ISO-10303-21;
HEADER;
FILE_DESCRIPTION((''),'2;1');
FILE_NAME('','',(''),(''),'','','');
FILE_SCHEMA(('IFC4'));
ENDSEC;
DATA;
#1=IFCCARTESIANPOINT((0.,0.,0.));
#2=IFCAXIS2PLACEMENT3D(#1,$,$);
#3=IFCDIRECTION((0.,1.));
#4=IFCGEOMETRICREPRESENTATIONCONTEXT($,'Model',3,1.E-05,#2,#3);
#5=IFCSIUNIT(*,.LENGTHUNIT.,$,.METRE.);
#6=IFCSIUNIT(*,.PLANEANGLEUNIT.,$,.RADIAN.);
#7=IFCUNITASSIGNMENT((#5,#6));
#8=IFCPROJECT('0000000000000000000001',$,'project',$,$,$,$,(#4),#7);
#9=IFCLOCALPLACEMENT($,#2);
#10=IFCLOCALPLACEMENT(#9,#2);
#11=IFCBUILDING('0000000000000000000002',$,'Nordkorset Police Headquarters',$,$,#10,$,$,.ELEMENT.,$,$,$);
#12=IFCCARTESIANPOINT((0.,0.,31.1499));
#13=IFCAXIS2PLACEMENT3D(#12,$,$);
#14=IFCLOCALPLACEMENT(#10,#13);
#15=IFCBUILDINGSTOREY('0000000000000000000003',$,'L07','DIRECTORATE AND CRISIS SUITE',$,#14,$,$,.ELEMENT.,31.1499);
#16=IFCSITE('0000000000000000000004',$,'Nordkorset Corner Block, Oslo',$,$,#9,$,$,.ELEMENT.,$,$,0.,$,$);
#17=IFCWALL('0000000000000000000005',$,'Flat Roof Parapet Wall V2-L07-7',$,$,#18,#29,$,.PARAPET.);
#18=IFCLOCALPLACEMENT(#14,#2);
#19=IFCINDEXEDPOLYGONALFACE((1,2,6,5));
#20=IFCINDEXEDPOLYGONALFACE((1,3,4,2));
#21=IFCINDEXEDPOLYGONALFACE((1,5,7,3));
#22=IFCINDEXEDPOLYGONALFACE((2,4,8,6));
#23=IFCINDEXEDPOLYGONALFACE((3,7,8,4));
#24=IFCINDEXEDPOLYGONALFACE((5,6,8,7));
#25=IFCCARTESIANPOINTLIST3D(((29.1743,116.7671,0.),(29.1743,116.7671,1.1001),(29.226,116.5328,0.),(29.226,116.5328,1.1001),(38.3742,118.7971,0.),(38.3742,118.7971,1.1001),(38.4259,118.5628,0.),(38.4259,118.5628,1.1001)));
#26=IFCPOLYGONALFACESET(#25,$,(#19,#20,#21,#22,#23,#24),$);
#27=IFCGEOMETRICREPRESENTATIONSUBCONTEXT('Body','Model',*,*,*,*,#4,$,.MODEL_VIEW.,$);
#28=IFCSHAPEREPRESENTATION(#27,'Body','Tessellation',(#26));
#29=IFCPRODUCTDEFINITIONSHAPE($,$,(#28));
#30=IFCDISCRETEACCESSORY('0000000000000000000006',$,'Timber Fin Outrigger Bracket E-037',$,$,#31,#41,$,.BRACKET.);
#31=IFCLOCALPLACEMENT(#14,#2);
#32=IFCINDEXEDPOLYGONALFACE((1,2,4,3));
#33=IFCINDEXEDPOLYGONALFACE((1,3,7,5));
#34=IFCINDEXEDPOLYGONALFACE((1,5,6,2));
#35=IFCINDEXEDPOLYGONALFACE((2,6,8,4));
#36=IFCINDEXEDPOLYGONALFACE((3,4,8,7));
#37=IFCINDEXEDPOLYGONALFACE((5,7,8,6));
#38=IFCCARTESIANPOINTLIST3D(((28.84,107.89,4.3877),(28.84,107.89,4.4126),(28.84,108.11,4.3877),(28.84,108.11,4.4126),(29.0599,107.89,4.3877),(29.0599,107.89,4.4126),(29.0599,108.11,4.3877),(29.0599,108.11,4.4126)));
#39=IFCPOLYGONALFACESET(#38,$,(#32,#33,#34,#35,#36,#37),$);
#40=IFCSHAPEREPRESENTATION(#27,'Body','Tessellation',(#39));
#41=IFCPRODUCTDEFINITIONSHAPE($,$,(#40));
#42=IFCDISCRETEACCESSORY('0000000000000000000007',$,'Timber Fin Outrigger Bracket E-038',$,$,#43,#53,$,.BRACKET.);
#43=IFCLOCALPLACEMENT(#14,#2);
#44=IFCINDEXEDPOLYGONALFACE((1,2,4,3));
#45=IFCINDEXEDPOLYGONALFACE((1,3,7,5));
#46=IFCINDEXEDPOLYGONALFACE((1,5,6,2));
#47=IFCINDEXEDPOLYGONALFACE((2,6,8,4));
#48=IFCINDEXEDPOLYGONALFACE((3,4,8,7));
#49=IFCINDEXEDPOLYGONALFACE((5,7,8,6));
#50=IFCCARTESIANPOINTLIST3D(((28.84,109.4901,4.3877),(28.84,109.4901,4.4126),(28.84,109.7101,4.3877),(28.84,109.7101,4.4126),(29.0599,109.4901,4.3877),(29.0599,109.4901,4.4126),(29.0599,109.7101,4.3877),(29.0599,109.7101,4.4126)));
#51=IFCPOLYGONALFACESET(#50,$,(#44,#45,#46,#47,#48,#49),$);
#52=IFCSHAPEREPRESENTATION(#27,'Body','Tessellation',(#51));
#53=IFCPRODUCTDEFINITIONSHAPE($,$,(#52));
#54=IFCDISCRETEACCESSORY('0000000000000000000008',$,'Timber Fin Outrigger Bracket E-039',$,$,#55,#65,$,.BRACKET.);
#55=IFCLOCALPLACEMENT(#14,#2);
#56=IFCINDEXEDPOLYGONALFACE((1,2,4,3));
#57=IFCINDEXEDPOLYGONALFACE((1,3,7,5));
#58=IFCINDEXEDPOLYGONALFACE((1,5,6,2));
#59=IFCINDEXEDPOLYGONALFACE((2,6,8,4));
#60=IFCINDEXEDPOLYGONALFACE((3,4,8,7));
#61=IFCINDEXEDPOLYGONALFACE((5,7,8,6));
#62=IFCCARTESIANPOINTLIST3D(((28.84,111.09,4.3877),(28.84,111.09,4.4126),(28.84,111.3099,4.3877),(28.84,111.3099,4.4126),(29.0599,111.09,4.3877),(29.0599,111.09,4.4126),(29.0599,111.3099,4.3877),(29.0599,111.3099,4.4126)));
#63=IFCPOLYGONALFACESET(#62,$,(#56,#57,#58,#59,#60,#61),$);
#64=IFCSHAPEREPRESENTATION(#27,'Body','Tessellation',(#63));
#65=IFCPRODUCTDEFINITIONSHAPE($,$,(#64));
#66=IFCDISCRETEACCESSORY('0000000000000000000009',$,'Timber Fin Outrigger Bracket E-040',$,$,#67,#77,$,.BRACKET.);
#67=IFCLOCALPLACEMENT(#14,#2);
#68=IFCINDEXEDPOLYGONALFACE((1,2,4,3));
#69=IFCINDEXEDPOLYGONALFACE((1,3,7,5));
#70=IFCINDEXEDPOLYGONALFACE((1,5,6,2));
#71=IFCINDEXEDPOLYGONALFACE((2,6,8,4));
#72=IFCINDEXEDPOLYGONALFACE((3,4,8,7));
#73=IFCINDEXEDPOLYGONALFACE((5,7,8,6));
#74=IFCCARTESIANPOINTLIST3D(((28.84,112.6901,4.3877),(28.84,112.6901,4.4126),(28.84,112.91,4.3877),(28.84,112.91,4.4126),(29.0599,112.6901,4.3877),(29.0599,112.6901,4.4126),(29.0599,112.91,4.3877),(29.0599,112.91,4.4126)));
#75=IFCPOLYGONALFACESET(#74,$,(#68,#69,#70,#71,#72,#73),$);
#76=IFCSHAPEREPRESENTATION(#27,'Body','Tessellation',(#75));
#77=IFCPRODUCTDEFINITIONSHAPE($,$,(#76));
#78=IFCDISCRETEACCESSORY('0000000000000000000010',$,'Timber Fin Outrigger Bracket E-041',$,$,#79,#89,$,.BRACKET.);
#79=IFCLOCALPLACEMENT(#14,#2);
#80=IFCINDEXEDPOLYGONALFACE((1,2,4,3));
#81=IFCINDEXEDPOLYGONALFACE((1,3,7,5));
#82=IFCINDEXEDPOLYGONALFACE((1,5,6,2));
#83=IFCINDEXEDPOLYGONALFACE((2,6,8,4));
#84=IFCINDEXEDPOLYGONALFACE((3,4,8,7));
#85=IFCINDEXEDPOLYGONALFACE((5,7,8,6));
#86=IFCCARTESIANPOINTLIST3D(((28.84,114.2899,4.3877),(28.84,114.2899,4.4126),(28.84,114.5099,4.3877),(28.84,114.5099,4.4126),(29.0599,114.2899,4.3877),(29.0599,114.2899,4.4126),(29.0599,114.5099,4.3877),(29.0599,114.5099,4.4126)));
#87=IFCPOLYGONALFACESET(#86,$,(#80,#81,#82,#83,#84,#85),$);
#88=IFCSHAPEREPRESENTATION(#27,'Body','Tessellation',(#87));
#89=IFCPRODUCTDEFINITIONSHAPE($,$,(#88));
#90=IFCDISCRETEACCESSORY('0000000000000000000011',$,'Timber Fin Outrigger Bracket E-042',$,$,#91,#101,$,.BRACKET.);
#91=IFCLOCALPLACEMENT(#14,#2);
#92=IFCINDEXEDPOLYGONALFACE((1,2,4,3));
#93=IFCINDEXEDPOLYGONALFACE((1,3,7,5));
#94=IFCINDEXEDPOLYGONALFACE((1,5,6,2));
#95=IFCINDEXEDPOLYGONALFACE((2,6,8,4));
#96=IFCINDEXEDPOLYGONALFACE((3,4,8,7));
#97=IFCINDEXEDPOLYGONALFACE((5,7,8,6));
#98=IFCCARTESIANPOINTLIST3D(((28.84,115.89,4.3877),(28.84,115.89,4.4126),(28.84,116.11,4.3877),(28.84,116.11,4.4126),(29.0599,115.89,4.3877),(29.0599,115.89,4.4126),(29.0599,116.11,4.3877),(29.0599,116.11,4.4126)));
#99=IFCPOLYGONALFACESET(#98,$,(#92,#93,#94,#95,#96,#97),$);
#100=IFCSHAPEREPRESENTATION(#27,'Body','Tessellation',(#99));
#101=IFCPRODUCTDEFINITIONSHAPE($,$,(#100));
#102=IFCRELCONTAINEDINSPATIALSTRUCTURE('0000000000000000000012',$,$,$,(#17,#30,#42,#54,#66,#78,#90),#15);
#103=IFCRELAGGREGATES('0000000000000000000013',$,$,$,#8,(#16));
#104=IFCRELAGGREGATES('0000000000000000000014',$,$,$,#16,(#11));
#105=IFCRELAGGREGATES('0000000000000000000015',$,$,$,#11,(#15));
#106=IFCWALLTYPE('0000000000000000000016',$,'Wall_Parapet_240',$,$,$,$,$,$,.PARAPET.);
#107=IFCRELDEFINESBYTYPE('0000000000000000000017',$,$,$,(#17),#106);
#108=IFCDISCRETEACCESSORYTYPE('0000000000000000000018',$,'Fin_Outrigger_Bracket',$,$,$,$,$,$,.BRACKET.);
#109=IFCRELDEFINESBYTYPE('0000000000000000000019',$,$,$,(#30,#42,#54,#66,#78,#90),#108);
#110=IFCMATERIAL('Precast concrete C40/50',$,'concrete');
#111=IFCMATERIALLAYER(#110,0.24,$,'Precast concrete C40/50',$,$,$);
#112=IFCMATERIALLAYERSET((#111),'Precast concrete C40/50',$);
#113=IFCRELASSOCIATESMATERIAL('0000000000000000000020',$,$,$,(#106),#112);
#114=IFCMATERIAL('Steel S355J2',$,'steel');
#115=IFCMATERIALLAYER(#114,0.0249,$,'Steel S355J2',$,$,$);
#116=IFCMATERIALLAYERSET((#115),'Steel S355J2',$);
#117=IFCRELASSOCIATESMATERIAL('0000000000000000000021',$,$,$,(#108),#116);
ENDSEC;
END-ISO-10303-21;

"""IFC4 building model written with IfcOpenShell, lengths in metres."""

from ifc_helpers import new_model, si_unit, direction, frame, frame_2d, origin, origin_2d, place, context, subcontext, project, spatial, rectangle, extrude, material, layer, layer_set, type_object, element, save


model = new_model("IFC4")

# Units and contexts
model_context = context("Model", 3, precision=1e-05, world=origin(), true_north=direction((0.0, 1.0)))
body_context = subcontext(model_context, "Body", "Model", "MODEL_VIEW")
ifc_project = project(units=[si_unit("LENGTHUNIT", "METRE"), si_unit("PLANEANGLEUNIT", "RADIAN")], contexts=[model_context])

# Site, building, storey
site_placement = place(None, origin())
site = spatial("IfcSite", under=ifc_project, at=site_placement, Name="Nordkorset Corner Block, Oslo", CompositionType="ELEMENT", RefElevation=0.0)
building_placement = place(site_placement, origin())
building = spatial("IfcBuilding", under=site, at=building_placement, Name="Nordkorset Police Headquarters", CompositionType="ELEMENT")
storey_placement = place(building_placement, frame((0.0, 0.0, 31.1499)))
storey = spatial("IfcBuildingStorey", under=building, at=storey_placement, Name="L07", Description="DIRECTORATE AND CRISIS SUITE", CompositionType="ELEMENT", Elevation=31.1499)

# Wall
ifc_material_1 = material(Name="Precast concrete C40/50", Category="concrete")
ifc_layer_1 = layer(ifc_material_1, 0.24, Name="Precast concrete C40/50")
ifc_layer_set_1 = layer_set([ifc_layer_1], Name="Precast concrete C40/50")
wall_type_1 = type_object("IfcWallType", Name="Wall_Parapet_240", PredefinedType="PARAPET", material=ifc_layer_set_1)
wall_1_placement = place(storey_placement, frame((38.3999, 118.6799, 0.0), z_axis=(0.0, 0.0, 1.0), x_axis=(-0.97651, -0.215473, 0.0)))
element("IfcWall", 1, at=wall_1_placement, inside=storey, type_object=wall_type_1, Name="Flat Roof Parapet Wall V2-L07-7", PredefinedType="PARAPET", context=body_context, shape_type="SweptSolid", body=[
    extrude(rectangle(XDim=9.4211, YDim=0.24, at=frame_2d((4.7104, 0.0))), origin(), (0.0, 0.0, 1.0), 1.1001),
])

# Discrete accessories
ifc_material_2 = material(Name="Steel S355J2", Category="steel")
ifc_layer_2 = layer(ifc_material_2, 0.0249, Name="Steel S355J2")
ifc_layer_set_2 = layer_set([ifc_layer_2], Name="Steel S355J2")
discrete_accessory_type = type_object("IfcDiscreteAccessoryType", Name="Fin_Outrigger_Bracket", PredefinedType="BRACKET", material=ifc_layer_set_2)
for number, where, z_axis, x_axis, name in (
    (2, (28.95, 108.0, 4.3877), (0.0, 0.0, 1.0), (1.0, 0.0, 0.0), "Timber Fin Outrigger Bracket E-037"),
    (3, (28.95, 109.6001, 4.3877), (0.0, 0.0, 1.0), (1.0, 0.0, 0.0), "Timber Fin Outrigger Bracket E-038"),
    (4, (28.95, 111.2, 4.3877), (0.0, 0.0, 1.0), (1.0, 0.0, 0.0), "Timber Fin Outrigger Bracket E-039"),
    (5, (28.95, 112.8, 4.3877), (0.0, 0.0, 1.0), (1.0, 0.0, 0.0), "Timber Fin Outrigger Bracket E-040"),
    (6, (28.95, 114.3999, 4.3877), (0.0, 0.0, 1.0), (1.0, 0.0, 0.0), "Timber Fin Outrigger Bracket E-041"),
    (7, (28.95, 116.0, 4.3877), (0.0, 0.0, 1.0), (1.0, 0.0, 0.0), "Timber Fin Outrigger Bracket E-042"),
):
    element("IfcDiscreteAccessory", number, at=place(storey_placement, frame(where, z_axis=z_axis, x_axis=x_axis)), inside=storey, type_object=discrete_accessory_type, Name=name, PredefinedType="BRACKET", context=body_context, shape_type="SweptSolid", body=[
        extrude(rectangle(XDim=0.22, YDim=0.22, at=origin_2d()), origin(), (0.0, 0.0, 1.0), 0.0249),
    ])

save(model, "model.ifc")
